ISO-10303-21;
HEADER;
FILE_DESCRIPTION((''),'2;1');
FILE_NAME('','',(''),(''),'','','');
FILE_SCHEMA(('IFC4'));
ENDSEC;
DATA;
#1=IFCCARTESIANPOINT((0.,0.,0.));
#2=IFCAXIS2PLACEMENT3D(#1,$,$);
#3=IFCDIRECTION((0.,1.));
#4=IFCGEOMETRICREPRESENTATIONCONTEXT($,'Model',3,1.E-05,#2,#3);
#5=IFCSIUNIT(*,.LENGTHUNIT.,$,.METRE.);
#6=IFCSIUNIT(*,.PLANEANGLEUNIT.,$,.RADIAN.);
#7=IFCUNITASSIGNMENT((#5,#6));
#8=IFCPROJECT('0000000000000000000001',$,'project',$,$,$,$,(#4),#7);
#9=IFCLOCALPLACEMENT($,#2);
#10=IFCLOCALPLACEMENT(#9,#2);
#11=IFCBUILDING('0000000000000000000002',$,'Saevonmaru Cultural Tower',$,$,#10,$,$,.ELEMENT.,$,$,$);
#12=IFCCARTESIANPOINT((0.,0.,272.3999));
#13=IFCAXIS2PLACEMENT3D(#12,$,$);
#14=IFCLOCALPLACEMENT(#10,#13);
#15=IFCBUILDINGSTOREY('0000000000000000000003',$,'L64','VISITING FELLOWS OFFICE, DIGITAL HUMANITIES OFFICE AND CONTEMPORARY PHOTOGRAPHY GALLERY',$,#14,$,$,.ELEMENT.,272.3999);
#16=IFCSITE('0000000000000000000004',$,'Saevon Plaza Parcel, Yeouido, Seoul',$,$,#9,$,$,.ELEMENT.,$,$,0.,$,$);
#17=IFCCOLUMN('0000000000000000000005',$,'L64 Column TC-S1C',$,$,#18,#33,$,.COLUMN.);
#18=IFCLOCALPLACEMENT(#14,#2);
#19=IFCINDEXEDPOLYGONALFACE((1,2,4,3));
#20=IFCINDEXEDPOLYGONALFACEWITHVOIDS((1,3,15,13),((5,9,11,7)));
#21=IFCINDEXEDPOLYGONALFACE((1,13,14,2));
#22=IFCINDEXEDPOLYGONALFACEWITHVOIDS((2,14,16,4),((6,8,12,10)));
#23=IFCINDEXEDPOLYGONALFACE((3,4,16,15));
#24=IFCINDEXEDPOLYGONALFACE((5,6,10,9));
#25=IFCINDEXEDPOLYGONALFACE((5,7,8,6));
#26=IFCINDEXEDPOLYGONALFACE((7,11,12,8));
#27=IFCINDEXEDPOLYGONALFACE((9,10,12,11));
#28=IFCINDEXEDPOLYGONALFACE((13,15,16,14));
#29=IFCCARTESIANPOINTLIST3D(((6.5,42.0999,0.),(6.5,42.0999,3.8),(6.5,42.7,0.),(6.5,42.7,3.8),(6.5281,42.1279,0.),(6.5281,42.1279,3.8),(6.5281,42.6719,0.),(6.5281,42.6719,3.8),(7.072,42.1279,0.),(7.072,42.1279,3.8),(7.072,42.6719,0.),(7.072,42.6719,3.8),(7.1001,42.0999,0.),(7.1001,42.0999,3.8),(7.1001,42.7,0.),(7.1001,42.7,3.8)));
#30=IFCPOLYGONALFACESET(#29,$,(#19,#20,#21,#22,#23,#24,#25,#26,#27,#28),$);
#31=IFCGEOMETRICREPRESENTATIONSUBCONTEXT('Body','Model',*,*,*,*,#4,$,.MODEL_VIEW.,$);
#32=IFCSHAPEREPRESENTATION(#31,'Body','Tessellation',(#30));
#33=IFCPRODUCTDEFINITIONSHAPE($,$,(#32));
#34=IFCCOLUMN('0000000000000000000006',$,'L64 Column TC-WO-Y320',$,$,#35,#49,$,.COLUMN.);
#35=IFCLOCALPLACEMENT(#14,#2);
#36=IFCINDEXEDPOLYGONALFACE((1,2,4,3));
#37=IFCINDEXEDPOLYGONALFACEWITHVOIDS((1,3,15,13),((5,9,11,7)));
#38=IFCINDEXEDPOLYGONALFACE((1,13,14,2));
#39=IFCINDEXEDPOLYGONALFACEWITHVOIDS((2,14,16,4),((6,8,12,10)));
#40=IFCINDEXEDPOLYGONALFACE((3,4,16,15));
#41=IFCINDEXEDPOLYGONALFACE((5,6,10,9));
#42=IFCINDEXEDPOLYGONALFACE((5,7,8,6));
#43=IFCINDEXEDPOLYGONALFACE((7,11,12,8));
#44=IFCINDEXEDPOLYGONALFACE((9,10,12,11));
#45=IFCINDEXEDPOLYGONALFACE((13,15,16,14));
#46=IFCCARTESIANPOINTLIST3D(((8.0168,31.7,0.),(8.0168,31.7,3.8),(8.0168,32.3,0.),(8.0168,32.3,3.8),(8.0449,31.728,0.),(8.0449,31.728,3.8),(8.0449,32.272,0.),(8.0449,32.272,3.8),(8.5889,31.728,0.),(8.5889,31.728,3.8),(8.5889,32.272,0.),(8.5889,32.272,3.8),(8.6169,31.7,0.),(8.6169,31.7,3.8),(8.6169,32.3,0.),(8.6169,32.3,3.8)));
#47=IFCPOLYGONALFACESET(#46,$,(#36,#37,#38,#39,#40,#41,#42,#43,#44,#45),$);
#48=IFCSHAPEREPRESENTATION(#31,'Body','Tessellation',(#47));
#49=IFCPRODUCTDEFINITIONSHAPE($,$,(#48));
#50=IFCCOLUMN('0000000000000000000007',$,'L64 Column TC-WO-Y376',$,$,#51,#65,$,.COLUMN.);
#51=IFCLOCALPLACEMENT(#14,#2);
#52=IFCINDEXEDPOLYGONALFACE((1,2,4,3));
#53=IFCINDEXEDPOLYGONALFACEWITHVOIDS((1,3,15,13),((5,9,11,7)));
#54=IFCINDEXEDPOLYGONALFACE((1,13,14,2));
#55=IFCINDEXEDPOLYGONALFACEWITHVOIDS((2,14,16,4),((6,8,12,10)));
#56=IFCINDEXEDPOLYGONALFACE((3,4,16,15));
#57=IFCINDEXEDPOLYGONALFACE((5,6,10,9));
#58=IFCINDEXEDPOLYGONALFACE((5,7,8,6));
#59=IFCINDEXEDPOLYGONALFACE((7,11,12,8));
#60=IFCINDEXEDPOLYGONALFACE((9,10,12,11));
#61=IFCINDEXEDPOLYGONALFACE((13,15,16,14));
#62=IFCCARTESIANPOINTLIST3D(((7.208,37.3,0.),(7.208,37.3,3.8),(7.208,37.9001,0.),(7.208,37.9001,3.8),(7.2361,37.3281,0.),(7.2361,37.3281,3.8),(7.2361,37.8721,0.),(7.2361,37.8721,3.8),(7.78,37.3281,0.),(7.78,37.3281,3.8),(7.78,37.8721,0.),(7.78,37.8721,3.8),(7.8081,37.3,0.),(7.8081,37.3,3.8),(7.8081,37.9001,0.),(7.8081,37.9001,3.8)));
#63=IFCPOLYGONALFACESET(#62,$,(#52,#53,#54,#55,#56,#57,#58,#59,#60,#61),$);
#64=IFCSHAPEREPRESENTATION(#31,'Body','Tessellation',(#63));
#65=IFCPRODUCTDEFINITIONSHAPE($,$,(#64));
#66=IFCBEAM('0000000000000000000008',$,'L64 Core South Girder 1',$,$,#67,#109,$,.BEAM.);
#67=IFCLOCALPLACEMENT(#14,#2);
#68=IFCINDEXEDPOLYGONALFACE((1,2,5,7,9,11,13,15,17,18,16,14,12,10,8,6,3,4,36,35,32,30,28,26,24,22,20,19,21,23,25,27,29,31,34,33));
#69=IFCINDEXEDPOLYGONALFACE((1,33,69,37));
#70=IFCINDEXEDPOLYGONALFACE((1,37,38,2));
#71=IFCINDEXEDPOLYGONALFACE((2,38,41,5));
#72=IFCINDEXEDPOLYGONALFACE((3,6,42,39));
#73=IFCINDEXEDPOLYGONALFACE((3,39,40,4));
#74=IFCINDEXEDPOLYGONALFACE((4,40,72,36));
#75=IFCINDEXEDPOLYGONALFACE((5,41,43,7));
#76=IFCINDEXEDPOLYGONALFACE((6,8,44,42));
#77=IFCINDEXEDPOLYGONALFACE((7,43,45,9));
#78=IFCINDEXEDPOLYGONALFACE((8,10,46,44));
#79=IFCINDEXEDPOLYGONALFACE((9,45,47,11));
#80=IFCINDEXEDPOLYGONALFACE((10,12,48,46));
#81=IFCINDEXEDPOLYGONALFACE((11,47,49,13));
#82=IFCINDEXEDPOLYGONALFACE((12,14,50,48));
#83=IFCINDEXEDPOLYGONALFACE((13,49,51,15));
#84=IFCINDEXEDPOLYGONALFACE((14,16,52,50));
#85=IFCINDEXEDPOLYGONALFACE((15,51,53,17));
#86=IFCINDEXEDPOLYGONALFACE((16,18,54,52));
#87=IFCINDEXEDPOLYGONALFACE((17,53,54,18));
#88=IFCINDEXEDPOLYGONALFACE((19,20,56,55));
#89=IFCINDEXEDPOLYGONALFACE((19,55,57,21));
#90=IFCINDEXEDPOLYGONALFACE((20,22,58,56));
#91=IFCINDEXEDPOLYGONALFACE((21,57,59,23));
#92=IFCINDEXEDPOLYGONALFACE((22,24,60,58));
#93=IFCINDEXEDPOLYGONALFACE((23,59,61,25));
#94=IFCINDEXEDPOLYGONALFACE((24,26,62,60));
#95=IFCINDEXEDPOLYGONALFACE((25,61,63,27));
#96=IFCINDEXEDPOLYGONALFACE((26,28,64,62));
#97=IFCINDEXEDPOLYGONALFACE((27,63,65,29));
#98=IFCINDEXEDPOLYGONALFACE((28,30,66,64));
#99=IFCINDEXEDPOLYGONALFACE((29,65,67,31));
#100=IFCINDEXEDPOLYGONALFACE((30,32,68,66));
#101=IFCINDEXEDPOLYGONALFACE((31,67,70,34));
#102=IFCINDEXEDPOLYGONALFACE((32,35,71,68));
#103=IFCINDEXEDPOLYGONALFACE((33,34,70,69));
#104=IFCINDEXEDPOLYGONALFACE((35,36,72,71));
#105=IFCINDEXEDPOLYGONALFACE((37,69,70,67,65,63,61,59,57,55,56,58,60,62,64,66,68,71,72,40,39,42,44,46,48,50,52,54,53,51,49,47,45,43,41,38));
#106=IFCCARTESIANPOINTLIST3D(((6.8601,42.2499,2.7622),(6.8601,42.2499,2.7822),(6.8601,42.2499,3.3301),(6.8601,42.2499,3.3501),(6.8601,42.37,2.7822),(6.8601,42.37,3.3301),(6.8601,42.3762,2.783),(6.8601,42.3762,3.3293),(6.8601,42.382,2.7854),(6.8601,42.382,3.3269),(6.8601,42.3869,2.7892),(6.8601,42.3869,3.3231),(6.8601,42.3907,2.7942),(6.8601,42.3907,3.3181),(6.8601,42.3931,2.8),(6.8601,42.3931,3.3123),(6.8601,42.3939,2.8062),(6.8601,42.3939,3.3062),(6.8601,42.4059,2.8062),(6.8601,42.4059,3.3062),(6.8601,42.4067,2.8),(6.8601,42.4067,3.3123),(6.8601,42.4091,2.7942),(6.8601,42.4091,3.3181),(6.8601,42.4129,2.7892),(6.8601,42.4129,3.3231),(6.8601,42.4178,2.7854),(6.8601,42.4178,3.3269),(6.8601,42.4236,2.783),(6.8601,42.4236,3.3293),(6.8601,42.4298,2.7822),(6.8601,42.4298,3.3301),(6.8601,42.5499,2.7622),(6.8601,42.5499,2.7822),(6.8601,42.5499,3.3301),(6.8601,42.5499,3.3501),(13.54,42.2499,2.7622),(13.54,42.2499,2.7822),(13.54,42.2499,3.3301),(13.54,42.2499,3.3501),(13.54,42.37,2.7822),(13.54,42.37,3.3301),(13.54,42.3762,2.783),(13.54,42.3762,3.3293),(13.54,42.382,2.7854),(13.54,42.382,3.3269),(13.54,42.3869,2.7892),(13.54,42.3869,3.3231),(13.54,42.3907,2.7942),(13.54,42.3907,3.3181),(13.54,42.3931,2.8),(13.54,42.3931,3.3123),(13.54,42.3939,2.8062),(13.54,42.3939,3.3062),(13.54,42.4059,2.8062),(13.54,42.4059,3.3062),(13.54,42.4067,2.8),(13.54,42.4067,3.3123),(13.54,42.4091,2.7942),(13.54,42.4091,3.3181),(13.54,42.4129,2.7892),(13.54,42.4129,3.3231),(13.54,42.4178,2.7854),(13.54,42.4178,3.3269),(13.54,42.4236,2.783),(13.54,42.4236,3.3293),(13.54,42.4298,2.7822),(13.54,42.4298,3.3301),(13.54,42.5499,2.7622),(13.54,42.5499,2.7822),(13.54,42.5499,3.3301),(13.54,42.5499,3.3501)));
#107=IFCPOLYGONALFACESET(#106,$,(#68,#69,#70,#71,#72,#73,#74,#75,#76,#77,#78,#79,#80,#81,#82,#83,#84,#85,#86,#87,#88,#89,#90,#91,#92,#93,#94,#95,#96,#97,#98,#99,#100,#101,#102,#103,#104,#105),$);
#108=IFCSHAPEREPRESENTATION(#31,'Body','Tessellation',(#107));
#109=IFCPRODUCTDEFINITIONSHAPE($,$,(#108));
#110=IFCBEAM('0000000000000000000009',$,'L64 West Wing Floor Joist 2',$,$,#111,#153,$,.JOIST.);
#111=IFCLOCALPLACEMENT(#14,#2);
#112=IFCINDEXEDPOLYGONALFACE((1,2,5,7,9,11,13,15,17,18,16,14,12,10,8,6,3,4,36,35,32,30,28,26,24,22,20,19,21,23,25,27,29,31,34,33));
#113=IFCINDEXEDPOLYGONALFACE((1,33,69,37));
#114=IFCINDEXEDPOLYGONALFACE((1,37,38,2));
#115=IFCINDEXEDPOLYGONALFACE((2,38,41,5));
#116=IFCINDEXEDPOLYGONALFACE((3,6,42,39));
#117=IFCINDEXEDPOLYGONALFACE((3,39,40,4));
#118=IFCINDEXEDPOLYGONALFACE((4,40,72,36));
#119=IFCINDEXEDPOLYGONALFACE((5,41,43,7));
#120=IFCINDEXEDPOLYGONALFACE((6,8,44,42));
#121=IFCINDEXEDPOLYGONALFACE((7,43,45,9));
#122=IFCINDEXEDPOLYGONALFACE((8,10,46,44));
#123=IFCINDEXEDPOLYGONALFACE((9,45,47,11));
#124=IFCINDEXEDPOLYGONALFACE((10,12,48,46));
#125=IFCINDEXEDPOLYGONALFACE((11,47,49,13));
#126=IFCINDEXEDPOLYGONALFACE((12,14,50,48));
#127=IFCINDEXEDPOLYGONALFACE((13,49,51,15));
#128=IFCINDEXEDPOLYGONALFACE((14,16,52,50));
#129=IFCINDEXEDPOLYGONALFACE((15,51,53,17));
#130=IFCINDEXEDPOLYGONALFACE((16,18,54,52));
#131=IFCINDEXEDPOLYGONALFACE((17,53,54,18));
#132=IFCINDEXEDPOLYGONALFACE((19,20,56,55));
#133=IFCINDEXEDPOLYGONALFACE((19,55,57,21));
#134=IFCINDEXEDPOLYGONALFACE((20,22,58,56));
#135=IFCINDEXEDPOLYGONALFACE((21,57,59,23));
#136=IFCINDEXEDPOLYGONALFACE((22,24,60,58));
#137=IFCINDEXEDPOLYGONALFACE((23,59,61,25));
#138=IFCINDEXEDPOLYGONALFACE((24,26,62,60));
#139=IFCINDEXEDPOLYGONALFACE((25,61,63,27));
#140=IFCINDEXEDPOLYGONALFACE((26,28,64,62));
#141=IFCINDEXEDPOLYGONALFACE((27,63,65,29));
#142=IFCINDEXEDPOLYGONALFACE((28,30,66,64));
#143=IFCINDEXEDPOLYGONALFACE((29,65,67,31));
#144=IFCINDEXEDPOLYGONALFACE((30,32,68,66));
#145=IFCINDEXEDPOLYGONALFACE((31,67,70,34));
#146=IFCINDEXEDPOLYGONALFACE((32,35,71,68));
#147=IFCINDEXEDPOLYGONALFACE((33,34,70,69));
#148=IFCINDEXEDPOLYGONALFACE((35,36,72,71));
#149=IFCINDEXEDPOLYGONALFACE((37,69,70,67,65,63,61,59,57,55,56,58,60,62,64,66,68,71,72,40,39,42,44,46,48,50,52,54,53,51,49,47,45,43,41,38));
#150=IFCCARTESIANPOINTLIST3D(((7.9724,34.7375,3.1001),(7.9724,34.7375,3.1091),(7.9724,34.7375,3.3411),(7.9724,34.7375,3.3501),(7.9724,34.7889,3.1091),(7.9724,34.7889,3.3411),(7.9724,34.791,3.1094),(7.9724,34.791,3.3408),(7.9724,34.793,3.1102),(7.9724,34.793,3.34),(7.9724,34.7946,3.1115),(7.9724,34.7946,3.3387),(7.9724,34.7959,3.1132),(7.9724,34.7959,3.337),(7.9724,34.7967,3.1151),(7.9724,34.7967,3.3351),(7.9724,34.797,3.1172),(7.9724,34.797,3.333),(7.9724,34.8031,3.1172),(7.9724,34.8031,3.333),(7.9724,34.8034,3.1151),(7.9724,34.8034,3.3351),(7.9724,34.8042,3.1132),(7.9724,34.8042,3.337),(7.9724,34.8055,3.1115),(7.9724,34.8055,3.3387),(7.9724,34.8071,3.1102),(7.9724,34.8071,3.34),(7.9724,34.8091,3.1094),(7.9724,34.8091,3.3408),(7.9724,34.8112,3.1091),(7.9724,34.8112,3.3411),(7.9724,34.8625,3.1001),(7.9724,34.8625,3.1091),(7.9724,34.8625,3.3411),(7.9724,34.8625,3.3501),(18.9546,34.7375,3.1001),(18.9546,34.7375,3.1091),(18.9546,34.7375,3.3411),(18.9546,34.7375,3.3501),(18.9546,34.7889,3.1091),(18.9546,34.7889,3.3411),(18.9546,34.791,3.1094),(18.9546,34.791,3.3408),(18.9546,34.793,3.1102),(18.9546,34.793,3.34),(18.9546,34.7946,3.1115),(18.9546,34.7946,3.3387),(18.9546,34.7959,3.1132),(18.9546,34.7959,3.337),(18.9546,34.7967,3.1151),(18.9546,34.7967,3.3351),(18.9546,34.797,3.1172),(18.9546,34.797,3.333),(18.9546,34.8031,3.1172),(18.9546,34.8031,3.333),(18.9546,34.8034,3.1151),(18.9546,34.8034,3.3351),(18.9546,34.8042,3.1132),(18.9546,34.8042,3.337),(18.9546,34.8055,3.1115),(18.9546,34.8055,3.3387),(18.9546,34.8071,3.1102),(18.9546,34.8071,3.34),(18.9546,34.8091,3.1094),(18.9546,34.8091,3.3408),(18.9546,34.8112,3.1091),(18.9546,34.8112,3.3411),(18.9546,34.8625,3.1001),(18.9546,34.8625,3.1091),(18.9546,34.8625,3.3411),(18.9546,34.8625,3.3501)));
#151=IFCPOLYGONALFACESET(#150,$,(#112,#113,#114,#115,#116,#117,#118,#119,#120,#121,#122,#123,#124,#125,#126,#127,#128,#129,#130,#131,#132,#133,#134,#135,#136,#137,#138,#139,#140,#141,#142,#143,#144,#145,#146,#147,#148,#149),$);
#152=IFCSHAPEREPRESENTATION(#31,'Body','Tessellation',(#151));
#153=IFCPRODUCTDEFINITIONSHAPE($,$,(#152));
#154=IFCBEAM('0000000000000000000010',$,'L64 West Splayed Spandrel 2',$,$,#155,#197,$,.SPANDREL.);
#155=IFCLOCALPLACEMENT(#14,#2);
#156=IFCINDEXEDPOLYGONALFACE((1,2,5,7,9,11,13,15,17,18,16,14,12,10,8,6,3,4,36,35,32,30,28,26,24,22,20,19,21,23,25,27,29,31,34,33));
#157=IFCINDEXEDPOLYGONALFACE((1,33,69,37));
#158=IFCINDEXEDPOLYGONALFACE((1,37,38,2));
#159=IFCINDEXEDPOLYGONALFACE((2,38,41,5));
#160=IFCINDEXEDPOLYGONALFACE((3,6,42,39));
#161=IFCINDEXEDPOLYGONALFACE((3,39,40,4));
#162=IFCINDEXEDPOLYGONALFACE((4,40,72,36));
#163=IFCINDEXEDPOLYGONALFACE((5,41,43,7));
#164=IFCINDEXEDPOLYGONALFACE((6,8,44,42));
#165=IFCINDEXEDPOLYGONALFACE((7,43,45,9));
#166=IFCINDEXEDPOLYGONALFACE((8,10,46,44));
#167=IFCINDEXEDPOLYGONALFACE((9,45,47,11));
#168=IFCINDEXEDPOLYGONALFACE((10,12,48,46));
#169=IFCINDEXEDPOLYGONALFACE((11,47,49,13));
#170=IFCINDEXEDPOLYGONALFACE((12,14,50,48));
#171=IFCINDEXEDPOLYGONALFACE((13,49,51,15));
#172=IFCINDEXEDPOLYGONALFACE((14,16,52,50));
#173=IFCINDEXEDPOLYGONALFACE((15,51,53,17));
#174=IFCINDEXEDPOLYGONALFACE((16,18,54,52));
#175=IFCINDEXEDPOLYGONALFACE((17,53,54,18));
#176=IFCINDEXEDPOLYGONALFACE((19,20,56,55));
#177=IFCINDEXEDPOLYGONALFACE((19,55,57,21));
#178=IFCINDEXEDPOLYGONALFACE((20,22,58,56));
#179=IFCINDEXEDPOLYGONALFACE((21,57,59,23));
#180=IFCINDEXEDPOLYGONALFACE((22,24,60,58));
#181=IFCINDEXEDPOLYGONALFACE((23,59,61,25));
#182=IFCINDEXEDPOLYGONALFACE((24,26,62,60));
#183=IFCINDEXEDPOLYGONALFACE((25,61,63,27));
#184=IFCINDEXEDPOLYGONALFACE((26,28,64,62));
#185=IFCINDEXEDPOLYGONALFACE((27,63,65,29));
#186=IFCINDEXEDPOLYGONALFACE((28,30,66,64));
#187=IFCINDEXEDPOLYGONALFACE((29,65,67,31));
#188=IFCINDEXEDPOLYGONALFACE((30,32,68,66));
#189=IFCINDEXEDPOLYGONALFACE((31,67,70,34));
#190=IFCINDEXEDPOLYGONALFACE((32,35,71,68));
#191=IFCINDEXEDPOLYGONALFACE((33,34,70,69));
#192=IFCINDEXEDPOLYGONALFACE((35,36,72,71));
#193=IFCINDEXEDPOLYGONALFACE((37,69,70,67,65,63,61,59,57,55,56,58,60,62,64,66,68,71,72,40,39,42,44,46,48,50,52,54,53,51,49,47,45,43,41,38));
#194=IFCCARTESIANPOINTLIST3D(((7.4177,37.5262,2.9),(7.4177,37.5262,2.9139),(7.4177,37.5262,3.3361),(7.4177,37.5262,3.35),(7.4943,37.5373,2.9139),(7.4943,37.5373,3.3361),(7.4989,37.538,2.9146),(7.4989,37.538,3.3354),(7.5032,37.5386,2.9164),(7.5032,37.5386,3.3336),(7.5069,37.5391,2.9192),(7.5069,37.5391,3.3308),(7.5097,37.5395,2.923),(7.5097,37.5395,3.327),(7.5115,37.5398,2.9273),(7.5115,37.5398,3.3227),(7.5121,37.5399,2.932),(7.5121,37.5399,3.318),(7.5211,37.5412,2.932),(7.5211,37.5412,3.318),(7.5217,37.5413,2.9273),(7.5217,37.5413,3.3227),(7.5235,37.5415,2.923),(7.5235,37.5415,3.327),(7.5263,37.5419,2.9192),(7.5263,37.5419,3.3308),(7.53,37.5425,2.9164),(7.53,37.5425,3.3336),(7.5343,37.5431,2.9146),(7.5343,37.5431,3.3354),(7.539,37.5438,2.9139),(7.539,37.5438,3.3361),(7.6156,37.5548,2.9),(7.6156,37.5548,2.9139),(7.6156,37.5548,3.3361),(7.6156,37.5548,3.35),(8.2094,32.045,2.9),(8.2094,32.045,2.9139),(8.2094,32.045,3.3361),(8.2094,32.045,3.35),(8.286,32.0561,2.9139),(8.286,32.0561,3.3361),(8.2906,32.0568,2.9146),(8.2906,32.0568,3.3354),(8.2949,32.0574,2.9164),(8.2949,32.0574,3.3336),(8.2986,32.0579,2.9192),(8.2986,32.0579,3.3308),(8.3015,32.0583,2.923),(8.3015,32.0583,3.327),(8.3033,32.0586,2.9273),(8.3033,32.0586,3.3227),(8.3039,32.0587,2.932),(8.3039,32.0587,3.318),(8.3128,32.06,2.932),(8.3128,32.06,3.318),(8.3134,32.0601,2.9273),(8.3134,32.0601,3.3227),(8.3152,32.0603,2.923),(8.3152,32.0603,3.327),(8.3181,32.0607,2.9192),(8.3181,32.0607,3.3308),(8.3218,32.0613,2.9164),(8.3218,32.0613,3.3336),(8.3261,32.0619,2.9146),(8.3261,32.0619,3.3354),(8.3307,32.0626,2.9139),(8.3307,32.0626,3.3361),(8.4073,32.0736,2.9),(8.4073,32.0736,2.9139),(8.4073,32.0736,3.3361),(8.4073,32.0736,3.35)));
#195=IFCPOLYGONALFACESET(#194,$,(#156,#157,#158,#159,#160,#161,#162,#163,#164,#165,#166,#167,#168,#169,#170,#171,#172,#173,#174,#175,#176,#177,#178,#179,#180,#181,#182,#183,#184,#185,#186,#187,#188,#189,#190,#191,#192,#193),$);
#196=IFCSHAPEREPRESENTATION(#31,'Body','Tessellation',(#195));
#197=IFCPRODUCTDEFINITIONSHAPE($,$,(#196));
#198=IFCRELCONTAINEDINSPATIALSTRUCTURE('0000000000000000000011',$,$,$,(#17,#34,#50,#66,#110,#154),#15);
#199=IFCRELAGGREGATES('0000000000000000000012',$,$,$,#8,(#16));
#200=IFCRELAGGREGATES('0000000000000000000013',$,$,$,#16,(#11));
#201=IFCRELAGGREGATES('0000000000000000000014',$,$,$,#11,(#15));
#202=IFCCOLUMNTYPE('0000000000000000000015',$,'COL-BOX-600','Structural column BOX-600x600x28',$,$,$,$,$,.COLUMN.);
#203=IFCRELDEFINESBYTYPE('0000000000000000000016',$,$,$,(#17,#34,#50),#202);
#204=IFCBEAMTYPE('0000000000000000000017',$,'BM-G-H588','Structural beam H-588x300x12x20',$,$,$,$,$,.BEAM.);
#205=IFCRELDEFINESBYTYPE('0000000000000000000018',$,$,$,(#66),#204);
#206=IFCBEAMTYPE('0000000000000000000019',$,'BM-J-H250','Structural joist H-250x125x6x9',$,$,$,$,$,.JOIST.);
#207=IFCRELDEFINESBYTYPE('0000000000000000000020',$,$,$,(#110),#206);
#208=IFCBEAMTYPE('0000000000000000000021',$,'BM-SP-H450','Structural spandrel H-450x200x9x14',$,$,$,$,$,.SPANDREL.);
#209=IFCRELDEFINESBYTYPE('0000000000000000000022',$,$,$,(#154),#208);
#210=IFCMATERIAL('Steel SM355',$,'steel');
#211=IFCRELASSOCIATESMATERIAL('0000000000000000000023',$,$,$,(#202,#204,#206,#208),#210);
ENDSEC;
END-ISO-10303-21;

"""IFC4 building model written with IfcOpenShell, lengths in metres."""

from ifc_helpers import new_model, si_unit, direction, frame, origin, origin_2d, place, context, subcontext, project, spatial, hollow_rectangle, i_section, extrude, material, material_profile, profile_set, type_object, element, save


model = new_model("IFC4")

# Units and contexts
model_context = context("Model", 3, precision=1e-05, world=origin(), true_north=direction((0.0, 1.0)))
body_context = subcontext(model_context, "Body", "Model", "MODEL_VIEW")
ifc_project = project(units=[si_unit("LENGTHUNIT", "METRE"), si_unit("PLANEANGLEUNIT", "RADIAN")], contexts=[model_context])

# Site, building, storey
site_placement = place(None, origin())
site = spatial("IfcSite", under=ifc_project, at=site_placement, Name="Saevon Plaza Parcel, Yeouido, Seoul", CompositionType="ELEMENT", RefElevation=0.0)
building_placement = place(site_placement, origin())
building = spatial("IfcBuilding", under=site, at=building_placement, Name="Saevonmaru Cultural Tower", CompositionType="ELEMENT")
storey_placement = place(building_placement, frame((0.0, 0.0, 272.3999)))
storey = spatial("IfcBuildingStorey", under=building, at=storey_placement, Name="L64", Description="VISITING FELLOWS OFFICE, DIGITAL HUMANITIES OFFICE AND CONTEMPORARY PHOTOGRAPHY GALLERY", CompositionType="ELEMENT", Elevation=272.3999)

# Columns
ifc_material_1 = material(Name="Steel SM355", Category="steel")
ifc_material_profile_1 = material_profile(ifc_material_1, hollow_rectangle(XDim=0.6001, YDim=0.6001, WallThickness=0.0281, at=origin_2d()), Name="BOX-600x600x28")
ifc_profile_set_1 = profile_set([ifc_material_profile_1], Name="Steel SM355")
column_type = type_object("IfcColumnType", Name="COL-BOX-600", Description="Structural column BOX-600x600x28", PredefinedType="COLUMN", material=ifc_profile_set_1)
for number, where, z_axis, x_axis, name in (
    (1, (6.8, 42.3999, 0.0), (0.0, 0.0, 1.0), (1.0, 0.0, 0.0), "L64 Column TC-S1C"),
    (2, (8.3169, 32.0, 0.0), (0.0, 0.0, 1.0), (1.0, 0.0, 0.0), "L64 Column TC-WO-Y320"),
    (3, (7.5081, 37.6001, 0.0), (0.0, 0.0, 1.0), (1.0, 0.0, 0.0), "L64 Column TC-WO-Y376"),
):
    element("IfcColumn", number, at=place(storey_placement, frame(where, z_axis=z_axis, x_axis=x_axis)), inside=storey, type_object=column_type, Name=name, PredefinedType="COLUMN", context=body_context, shape_type="SweptSolid", body=[
        extrude(hollow_rectangle(XDim=0.6001, YDim=0.6001, WallThickness=0.0281, at=origin_2d()), origin(), (0.0, 0.0, 1.0), 3.8),
    ])

# Beams
ifc_material_profile_2 = material_profile(ifc_material_1, i_section(OverallWidth=0.3, OverallDepth=0.5879, WebThickness=0.012, FlangeThickness=0.02, FilletRadius=0.0239, at=origin_2d()), Name="H-588x300x12x20")
ifc_profile_set_2 = profile_set([ifc_material_profile_2], Name="Steel SM355")
beam_type_1 = type_object("IfcBeamType", Name="BM-G-H588", Description="Structural beam H-588x300x12x20", PredefinedType="BEAM", material=ifc_profile_set_2)
beam_1_placement = place(storey_placement, frame((6.8601, 42.3999, 3.0562), z_axis=(1.0, 0.0, 0.0), x_axis=(0.0, 1.0, 0.0)))
element("IfcBeam", 4, at=beam_1_placement, inside=storey, type_object=beam_type_1, Name="L64 Core South Girder 1", PredefinedType="BEAM", context=body_context, shape_type="SweptSolid", body=[
    extrude(i_section(OverallWidth=0.3, OverallDepth=0.5879, WebThickness=0.012, FlangeThickness=0.02, FilletRadius=0.0239, at=origin_2d()), origin(), (0.0, 0.0, 1.0), 6.6799),
])
ifc_material_profile_3 = material_profile(ifc_material_1, i_section(OverallWidth=0.125, OverallDepth=0.25, WebThickness=0.0061, FlangeThickness=0.009, FilletRadius=0.0081, at=origin_2d()), Name="H-250x125x6x9")
ifc_profile_set_3 = profile_set([ifc_material_profile_3], Name="Steel SM355")
beam_type_2 = type_object("IfcBeamType", Name="BM-J-H250", Description="Structural joist H-250x125x6x9", PredefinedType="JOIST", material=ifc_profile_set_3)
beam_2_placement = place(storey_placement, frame((7.9724, 34.8, 3.2251), z_axis=(1.0, 0.0, 0.0), x_axis=(0.0, 1.0, 0.0)))
element("IfcBeam", 5, at=beam_2_placement, inside=storey, type_object=beam_type_2, Name="L64 West Wing Floor Joist 2", PredefinedType="JOIST", context=body_context, shape_type="SweptSolid", body=[
    extrude(i_section(OverallWidth=0.125, OverallDepth=0.25, WebThickness=0.0061, FlangeThickness=0.009, FilletRadius=0.0081, at=origin_2d()), origin(), (0.0, 0.0, 1.0), 10.9822),
])
ifc_material_profile_4 = material_profile(ifc_material_1, i_section(OverallWidth=0.2, OverallDepth=0.45, WebThickness=0.009, FlangeThickness=0.0139, FilletRadius=0.0181, at=origin_2d()), Name="H-450x200x9x14")
ifc_profile_set_4 = profile_set([ifc_material_profile_4], Name="Steel SM355")
beam_type_3 = type_object("IfcBeamType", Name="BM-SP-H450", Description="Structural spandrel H-450x200x9x14", PredefinedType="SPANDREL", material=ifc_profile_set_4)
beam_3_placement = place(storey_placement, frame((8.3083, 32.0593, 3.125), z_axis=(-0.142964, 0.989728, 0.0), x_axis=(-0.989728, -0.142964, 0.0)))
element("IfcBeam", 6, at=beam_3_placement, inside=storey, type_object=beam_type_3, Name="L64 West Splayed Spandrel 2", PredefinedType="SPANDREL", context=body_context, shape_type="SweptSolid", body=[
    extrude(i_section(OverallWidth=0.2, OverallDepth=0.45, WebThickness=0.009, FlangeThickness=0.0139, FilletRadius=0.0181, at=origin_2d()), origin(), (0.0, 0.0, 1.0), 5.5381),
])

save(model, "model.ifc")
